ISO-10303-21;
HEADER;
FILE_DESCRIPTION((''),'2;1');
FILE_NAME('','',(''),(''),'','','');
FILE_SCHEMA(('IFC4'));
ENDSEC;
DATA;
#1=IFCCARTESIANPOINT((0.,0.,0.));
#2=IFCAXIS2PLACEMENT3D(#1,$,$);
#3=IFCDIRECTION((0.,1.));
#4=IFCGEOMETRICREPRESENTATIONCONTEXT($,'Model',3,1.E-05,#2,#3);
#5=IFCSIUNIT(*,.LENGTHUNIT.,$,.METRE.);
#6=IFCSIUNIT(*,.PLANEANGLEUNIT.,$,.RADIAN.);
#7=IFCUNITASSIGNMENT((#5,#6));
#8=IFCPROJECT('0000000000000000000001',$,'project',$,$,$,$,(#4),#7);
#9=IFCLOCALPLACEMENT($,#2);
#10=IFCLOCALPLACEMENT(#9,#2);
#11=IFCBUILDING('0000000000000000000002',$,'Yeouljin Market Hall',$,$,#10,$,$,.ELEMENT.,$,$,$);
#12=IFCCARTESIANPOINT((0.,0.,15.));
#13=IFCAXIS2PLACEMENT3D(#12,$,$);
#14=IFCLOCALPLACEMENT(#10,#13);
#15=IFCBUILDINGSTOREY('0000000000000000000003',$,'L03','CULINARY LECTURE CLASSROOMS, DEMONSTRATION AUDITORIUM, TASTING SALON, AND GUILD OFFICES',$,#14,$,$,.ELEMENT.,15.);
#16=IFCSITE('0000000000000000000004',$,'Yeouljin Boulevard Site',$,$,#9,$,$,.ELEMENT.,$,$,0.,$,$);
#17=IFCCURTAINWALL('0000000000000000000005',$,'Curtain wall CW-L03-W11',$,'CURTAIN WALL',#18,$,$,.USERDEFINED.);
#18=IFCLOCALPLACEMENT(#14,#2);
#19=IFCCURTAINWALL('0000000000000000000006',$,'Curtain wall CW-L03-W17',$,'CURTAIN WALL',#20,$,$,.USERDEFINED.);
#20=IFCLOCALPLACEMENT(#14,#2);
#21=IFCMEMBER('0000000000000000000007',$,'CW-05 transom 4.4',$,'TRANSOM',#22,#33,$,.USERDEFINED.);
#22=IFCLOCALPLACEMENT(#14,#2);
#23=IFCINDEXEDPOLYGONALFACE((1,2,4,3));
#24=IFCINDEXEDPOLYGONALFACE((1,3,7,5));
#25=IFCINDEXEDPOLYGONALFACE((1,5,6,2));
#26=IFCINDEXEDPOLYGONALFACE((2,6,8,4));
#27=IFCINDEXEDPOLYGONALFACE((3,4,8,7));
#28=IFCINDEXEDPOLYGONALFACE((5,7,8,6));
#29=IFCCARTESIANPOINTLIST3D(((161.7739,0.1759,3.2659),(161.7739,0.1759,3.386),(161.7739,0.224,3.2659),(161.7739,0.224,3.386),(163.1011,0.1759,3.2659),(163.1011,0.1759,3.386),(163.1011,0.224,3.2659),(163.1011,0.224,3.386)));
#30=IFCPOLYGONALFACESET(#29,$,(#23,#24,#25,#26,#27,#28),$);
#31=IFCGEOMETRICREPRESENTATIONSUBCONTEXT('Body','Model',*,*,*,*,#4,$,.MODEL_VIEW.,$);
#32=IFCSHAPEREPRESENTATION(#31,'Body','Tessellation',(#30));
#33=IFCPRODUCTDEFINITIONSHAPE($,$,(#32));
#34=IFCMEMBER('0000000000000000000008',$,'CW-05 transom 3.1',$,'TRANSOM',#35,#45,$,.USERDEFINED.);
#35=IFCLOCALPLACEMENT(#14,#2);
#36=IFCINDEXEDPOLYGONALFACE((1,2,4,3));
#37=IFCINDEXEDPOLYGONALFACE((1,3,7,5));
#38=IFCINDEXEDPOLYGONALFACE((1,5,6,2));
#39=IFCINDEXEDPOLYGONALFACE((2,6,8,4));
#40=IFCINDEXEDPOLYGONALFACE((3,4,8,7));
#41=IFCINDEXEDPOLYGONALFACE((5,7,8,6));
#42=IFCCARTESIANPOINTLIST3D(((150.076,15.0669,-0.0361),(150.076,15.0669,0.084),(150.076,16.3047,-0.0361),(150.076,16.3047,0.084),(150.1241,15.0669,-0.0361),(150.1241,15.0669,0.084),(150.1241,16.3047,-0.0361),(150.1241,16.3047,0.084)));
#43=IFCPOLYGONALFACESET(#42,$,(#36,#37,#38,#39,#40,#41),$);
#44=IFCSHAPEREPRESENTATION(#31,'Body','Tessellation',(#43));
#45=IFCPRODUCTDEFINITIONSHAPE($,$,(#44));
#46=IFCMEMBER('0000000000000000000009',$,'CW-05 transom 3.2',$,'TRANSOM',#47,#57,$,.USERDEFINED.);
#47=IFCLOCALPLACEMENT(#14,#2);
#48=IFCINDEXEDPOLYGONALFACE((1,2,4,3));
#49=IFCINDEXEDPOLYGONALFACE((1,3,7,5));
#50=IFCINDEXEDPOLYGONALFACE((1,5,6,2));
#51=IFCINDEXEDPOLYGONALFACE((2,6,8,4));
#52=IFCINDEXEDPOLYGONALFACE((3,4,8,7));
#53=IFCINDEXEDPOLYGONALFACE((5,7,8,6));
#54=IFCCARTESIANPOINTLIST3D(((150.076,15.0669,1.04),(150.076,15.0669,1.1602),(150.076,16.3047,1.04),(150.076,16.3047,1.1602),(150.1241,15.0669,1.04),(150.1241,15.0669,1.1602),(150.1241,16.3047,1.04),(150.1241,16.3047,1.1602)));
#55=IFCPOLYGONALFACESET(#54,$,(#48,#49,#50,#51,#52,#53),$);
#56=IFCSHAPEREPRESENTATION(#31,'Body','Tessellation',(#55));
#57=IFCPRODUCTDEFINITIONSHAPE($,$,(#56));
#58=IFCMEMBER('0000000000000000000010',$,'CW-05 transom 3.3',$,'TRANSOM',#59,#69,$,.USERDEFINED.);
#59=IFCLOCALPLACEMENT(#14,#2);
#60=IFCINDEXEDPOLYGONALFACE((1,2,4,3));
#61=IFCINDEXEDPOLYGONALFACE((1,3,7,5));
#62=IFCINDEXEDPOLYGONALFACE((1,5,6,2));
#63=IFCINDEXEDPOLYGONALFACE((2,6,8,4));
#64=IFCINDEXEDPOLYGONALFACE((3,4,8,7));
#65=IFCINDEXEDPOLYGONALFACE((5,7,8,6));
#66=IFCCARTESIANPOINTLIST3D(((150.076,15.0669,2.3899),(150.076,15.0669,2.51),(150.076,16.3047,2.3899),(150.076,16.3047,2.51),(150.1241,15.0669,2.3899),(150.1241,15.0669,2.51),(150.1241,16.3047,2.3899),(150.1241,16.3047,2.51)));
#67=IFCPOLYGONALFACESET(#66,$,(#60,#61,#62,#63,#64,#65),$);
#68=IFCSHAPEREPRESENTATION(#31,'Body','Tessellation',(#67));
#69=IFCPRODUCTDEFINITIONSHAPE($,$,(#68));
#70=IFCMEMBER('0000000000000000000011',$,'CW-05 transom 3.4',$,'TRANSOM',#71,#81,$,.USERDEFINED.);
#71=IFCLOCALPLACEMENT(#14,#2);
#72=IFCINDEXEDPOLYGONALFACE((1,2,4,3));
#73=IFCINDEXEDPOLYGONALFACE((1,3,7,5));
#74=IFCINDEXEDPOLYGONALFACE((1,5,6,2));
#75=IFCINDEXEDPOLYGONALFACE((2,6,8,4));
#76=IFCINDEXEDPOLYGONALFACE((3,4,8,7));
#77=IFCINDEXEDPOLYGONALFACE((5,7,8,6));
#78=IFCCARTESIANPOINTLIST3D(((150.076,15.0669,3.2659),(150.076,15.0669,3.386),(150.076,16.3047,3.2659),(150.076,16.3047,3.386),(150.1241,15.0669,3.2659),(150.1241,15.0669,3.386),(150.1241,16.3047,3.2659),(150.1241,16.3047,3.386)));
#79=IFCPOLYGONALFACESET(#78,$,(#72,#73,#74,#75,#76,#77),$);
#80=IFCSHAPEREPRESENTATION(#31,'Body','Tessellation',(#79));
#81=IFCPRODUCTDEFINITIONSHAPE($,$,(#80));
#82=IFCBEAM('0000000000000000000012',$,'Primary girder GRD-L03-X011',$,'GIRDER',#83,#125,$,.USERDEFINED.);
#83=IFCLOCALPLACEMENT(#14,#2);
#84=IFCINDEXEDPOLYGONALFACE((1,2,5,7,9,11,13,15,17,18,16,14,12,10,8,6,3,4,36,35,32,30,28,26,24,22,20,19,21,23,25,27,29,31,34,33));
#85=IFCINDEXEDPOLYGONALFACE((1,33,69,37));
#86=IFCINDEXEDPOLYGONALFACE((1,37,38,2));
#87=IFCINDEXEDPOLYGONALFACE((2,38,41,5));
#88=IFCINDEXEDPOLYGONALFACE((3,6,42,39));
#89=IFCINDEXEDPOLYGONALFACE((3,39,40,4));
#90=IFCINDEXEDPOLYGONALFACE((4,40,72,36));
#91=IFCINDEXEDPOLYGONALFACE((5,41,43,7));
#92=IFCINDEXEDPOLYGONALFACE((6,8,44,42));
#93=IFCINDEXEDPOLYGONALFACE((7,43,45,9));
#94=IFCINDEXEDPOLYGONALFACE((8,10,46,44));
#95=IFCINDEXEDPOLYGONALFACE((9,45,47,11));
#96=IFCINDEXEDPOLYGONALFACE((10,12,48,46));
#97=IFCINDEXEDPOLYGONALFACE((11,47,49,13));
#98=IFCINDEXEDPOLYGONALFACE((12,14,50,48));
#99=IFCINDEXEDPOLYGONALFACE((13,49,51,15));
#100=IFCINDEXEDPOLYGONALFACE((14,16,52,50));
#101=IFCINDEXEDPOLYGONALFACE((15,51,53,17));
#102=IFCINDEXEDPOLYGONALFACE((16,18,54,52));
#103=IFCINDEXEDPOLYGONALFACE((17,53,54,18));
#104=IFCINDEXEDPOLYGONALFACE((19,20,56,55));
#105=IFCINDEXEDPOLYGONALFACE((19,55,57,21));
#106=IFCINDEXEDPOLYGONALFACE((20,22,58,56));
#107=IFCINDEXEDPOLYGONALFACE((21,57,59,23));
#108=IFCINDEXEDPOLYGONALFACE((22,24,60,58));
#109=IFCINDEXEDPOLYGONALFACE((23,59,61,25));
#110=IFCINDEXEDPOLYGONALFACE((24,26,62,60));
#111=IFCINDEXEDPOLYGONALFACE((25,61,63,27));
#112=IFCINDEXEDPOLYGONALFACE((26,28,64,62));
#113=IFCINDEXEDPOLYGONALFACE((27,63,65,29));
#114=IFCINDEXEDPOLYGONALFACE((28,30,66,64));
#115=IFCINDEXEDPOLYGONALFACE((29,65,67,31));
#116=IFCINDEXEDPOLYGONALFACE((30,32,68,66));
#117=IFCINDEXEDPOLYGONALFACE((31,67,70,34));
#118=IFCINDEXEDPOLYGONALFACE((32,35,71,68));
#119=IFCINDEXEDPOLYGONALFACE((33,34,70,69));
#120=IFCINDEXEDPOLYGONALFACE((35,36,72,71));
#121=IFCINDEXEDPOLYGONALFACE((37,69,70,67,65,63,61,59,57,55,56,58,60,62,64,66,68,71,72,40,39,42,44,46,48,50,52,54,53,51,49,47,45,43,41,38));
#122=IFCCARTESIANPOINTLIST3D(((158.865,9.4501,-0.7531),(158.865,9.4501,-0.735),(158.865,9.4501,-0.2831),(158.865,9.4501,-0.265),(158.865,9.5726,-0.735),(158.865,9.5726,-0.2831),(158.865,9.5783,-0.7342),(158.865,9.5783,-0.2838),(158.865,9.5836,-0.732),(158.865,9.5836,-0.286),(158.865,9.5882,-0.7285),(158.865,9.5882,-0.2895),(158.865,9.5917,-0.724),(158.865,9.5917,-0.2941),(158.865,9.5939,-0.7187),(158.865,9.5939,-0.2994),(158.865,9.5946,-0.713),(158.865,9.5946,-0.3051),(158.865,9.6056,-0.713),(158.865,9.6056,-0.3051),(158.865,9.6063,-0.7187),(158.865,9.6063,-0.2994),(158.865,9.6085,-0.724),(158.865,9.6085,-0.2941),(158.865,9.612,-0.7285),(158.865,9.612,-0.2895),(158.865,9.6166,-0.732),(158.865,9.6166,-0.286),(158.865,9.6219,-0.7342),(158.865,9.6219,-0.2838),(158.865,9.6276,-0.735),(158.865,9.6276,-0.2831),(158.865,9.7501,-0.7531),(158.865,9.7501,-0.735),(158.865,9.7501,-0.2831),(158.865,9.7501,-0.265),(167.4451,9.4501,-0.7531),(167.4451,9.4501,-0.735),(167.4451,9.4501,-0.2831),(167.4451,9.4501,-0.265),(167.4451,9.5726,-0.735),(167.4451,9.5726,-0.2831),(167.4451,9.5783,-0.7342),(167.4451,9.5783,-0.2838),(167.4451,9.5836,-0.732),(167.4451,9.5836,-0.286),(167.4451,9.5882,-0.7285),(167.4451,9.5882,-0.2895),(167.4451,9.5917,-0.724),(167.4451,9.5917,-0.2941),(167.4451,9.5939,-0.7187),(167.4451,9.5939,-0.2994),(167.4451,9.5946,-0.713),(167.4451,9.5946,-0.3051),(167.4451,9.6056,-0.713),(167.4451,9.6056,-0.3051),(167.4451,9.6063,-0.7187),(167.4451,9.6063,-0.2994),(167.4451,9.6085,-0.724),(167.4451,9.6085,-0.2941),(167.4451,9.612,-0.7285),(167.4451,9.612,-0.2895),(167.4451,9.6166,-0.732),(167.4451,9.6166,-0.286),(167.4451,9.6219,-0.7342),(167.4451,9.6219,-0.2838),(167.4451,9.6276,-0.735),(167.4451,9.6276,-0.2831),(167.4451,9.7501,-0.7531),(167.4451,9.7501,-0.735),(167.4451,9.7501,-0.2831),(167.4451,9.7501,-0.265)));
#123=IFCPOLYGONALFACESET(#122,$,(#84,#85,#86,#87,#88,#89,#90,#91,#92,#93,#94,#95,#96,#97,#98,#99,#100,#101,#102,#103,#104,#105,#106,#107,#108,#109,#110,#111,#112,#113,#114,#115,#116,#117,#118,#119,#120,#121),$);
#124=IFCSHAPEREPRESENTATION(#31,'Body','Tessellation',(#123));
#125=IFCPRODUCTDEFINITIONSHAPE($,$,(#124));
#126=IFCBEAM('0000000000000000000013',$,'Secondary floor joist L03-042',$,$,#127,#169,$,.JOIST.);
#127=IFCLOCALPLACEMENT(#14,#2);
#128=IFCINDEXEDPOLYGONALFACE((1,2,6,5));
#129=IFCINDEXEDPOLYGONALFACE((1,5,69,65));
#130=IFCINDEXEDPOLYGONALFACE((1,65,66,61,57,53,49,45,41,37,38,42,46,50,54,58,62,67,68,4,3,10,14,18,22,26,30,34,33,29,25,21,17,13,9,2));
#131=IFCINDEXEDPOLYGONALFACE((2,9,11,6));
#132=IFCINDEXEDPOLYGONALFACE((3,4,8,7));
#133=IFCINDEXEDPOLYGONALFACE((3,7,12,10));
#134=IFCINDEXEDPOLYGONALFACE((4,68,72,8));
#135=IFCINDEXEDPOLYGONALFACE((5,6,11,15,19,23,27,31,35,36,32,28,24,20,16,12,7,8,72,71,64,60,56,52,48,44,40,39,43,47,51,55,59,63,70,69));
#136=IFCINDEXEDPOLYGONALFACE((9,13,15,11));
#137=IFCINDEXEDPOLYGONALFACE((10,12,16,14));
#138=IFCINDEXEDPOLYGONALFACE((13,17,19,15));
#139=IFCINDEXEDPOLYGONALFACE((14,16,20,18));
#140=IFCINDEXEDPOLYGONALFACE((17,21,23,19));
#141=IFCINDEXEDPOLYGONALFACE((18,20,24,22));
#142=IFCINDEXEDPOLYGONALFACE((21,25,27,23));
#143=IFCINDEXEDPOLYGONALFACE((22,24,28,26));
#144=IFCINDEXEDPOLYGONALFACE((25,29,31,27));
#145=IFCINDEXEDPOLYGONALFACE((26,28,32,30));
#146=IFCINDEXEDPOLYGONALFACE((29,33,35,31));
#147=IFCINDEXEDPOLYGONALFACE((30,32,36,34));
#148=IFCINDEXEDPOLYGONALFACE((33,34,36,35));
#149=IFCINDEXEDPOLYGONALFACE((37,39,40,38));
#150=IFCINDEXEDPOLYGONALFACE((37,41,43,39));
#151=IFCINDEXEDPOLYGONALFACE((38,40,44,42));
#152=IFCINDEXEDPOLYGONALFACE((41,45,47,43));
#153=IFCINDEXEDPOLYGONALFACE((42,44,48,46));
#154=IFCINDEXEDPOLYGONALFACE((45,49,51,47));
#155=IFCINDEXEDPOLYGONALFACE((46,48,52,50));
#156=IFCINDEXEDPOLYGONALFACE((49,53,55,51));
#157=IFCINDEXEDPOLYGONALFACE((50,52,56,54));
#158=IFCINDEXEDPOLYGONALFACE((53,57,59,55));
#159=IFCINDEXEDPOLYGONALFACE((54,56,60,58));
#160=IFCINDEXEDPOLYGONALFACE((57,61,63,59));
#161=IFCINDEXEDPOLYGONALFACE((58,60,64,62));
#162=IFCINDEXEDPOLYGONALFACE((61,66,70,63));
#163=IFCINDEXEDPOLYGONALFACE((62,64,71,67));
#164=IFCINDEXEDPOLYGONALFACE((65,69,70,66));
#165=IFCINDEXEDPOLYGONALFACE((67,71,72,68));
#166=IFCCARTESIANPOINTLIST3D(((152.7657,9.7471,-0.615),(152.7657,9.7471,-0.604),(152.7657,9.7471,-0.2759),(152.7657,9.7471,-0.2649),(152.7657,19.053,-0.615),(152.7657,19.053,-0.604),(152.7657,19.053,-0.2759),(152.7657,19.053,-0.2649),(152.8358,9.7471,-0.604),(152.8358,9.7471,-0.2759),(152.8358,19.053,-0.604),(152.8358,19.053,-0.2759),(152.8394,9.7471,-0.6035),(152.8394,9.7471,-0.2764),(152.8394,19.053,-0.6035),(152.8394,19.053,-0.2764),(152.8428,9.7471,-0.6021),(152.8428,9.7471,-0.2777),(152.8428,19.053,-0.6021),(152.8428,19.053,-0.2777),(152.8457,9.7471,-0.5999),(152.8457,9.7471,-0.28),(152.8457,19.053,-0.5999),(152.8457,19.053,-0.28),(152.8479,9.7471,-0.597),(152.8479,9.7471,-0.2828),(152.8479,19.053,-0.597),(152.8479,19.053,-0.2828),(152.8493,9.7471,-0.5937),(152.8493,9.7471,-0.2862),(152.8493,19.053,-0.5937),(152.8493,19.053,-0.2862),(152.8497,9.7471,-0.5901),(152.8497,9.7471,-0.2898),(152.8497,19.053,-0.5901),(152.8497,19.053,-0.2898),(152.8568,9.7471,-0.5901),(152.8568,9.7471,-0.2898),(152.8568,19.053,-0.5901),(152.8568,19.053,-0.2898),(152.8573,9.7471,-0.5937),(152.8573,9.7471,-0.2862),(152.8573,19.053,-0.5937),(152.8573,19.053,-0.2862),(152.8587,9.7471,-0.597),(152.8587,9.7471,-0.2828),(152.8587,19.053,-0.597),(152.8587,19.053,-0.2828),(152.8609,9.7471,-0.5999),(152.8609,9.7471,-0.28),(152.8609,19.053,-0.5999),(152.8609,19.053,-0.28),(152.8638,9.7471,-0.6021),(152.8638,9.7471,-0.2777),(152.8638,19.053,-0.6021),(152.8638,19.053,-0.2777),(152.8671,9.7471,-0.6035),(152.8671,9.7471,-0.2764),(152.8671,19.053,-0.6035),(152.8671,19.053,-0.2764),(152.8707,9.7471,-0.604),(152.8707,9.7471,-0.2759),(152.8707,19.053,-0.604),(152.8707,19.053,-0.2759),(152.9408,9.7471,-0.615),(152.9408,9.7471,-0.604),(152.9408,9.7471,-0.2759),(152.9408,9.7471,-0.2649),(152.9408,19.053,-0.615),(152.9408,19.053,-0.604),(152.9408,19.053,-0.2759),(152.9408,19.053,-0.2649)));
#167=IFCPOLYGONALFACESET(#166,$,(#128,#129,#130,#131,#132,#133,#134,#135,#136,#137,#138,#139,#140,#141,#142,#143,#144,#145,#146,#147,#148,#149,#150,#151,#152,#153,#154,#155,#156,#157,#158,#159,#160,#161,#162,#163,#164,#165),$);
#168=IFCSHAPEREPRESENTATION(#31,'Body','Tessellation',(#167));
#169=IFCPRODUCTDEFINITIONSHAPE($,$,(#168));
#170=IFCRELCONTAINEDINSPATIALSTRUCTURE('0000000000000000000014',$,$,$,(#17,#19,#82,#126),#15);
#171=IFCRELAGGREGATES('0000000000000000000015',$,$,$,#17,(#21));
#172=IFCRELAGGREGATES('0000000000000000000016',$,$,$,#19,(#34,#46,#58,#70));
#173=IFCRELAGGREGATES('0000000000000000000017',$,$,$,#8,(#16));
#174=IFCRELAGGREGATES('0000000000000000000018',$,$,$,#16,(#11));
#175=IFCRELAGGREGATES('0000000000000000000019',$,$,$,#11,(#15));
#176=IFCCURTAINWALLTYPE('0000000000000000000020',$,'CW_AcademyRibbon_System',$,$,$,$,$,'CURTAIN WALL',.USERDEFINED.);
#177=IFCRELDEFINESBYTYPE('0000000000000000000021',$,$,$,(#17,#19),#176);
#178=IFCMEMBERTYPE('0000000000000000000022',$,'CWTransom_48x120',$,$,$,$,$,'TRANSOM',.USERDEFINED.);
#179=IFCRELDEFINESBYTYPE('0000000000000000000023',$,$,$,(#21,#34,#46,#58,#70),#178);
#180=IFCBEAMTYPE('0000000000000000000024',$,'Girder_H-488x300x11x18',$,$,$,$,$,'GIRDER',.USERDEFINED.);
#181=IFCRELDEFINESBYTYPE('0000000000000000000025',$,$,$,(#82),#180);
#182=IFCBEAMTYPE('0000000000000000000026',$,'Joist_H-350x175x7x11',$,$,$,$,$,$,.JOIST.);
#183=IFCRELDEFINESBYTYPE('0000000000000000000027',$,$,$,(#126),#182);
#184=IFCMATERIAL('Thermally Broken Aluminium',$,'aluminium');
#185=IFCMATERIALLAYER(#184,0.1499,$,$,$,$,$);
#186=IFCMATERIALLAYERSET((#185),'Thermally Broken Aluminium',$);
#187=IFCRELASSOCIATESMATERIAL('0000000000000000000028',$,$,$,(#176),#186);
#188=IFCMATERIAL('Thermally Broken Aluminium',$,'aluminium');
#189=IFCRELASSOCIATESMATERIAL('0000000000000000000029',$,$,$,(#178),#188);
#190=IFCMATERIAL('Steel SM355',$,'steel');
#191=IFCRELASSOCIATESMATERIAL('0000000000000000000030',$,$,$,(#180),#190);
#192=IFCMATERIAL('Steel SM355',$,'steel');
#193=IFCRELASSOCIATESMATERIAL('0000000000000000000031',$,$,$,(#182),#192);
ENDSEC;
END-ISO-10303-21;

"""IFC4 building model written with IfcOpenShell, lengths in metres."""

from ifc_helpers import new_model, si_unit, direction, frame, origin, origin_2d, place, context, subcontext, project, spatial, rectangle, i_section, extrude, material, layer, layer_set, material_profile, profile_set, type_object, element, aggregate, save


model = new_model("IFC4")

# Units and contexts
model_context = context("Model", 3, precision=1e-05, world=origin(), true_north=direction((0.0, 1.0)))
body_context = subcontext(model_context, "Body", "Model", "MODEL_VIEW")
ifc_project = project(units=[si_unit("LENGTHUNIT", "METRE"), si_unit("PLANEANGLEUNIT", "RADIAN")], contexts=[model_context])

# Site, building, storey
site_placement = place(None, origin())
site = spatial("IfcSite", under=ifc_project, at=site_placement, Name="Yeouljin Boulevard Site", CompositionType="ELEMENT", RefElevation=0.0)
building_placement = place(site_placement, origin())
building = spatial("IfcBuilding", under=site, at=building_placement, Name="Yeouljin Market Hall", CompositionType="ELEMENT")
storey_placement = place(building_placement, frame((0.0, 0.0, 15.0)))
storey = spatial("IfcBuildingStorey", under=building, at=storey_placement, Name="L03", Description="CULINARY LECTURE CLASSROOMS, DEMONSTRATION AUDITORIUM, TASTING SALON, AND GUILD OFFICES", CompositionType="ELEMENT", Elevation=15.0)

# Curtain walls
ifc_material_1 = material(Name="Thermally Broken Aluminium", Category="aluminium")
ifc_layer_1 = layer(ifc_material_1, 0.1499)
ifc_layer_set_1 = layer_set([ifc_layer_1], Name="Thermally Broken Aluminium")
curtain_wall_type = type_object("IfcCurtainWallType", Name="CW_AcademyRibbon_System", ElementType="CURTAIN WALL", PredefinedType="USERDEFINED", material=ifc_layer_set_1)
curtain_wall_1_placement = place(storey_placement, origin())
curtain_wall_1 = element("IfcCurtainWall", 1, at=curtain_wall_1_placement, inside=storey, type_object=curtain_wall_type, Name="Curtain wall CW-L03-W11", ObjectType="CURTAIN WALL", PredefinedType="USERDEFINED")
curtain_wall_2_placement = place(storey_placement, origin())
curtain_wall_2 = element("IfcCurtainWall", 2, at=curtain_wall_2_placement, inside=storey, type_object=curtain_wall_type, Name="Curtain wall CW-L03-W17", ObjectType="CURTAIN WALL", PredefinedType="USERDEFINED")

# Members
ifc_material_2 = material(Name="Thermally Broken Aluminium", Category="aluminium")
ifc_material_profile_1 = material_profile(ifc_material_2, rectangle(XDim=0.0481, YDim=0.1201, at=origin_2d()), Name="CW-TRAN-48x120")
ifc_profile_set_1 = profile_set([ifc_material_profile_1], Name="Thermally Broken Aluminium")
member_type_1 = type_object("IfcMemberType", Name="CWTransom_48x120", ElementType="TRANSOM", PredefinedType="USERDEFINED", material=ifc_profile_set_1)
member_1_placement = place(storey_placement, frame((163.1011, 0.2, 3.3259), z_axis=(-1.0, 0.0, 0.0), x_axis=(0.0, -1.0, 0.0)))
member_1 = element("IfcMember", 3, at=member_1_placement, type_object=member_type_1, Name="CW-05 transom 4.4", ObjectType="TRANSOM", PredefinedType="USERDEFINED", context=body_context, shape_type="SweptSolid", body=[
    extrude(rectangle(XDim=0.0481, YDim=0.1201, at=origin_2d()), origin(), (0.0, 0.0, 1.0), 1.3271),
])
member_2_placement = place(storey_placement, frame((150.1001, 16.3047, 0.0239), z_axis=(0.0, -1.0, 0.0), x_axis=(1.0, 0.0, 0.0)))
member_2 = element("IfcMember", 4, at=member_2_placement, type_object=member_type_1, Name="CW-05 transom 3.1", ObjectType="TRANSOM", PredefinedType="USERDEFINED", context=body_context, shape_type="SweptSolid", body=[
    extrude(rectangle(XDim=0.0481, YDim=0.1201, at=origin_2d()), origin(), (0.0, 0.0, 1.0), 1.2378),
])
member_3_placement = place(storey_placement, frame((150.1001, 16.3047, 1.1001), z_axis=(0.0, -1.0, 0.0), x_axis=(1.0, 0.0, 0.0)))
member_3 = element("IfcMember", 5, at=member_3_placement, type_object=member_type_1, Name="CW-05 transom 3.2", ObjectType="TRANSOM", PredefinedType="USERDEFINED", context=body_context, shape_type="SweptSolid", body=[
    extrude(rectangle(XDim=0.0481, YDim=0.1201, at=origin_2d()), origin(), (0.0, 0.0, 1.0), 1.2378),
])
member_4_placement = place(storey_placement, frame((150.1001, 16.3047, 2.45), z_axis=(0.0, -1.0, 0.0), x_axis=(1.0, 0.0, 0.0)))
member_4 = element("IfcMember", 6, at=member_4_placement, type_object=member_type_1, Name="CW-05 transom 3.3", ObjectType="TRANSOM", PredefinedType="USERDEFINED", context=body_context, shape_type="SweptSolid", body=[
    extrude(rectangle(XDim=0.0481, YDim=0.1201, at=origin_2d()), origin(), (0.0, 0.0, 1.0), 1.2378),
])
member_5_placement = place(storey_placement, frame((150.1001, 16.3047, 3.3259), z_axis=(0.0, -1.0, 0.0), x_axis=(1.0, 0.0, 0.0)))
member_5 = element("IfcMember", 7, at=member_5_placement, type_object=member_type_1, Name="CW-05 transom 3.4", ObjectType="TRANSOM", PredefinedType="USERDEFINED", context=body_context, shape_type="SweptSolid", body=[
    extrude(rectangle(XDim=0.0481, YDim=0.1201, at=origin_2d()), origin(), (0.0, 0.0, 1.0), 1.2378),
])

# Beams
ifc_material_3 = material(Name="Steel SM355", Category="steel")
ifc_material_profile_2 = material_profile(ifc_material_3, i_section(OverallWidth=0.3, OverallDepth=0.488, WebThickness=0.011, FlangeThickness=0.0181, FilletRadius=0.022, at=origin_2d()), Name="H-488x300x11x18")
ifc_profile_set_2 = profile_set([ifc_material_profile_2], Name="Steel SM355")
beam_type_1 = type_object("IfcBeamType", Name="Girder_H-488x300x11x18", ElementType="GIRDER", PredefinedType="USERDEFINED", material=ifc_profile_set_2)
beam_1_placement = place(storey_placement, frame((158.865, 9.6001, -0.509), z_axis=(1.0, 0.0, 0.0), x_axis=(0.0, 1.0, 0.0)))
element("IfcBeam", 8, at=beam_1_placement, inside=storey, type_object=beam_type_1, Name="Primary girder GRD-L03-X011", ObjectType="GIRDER", PredefinedType="USERDEFINED", context=body_context, shape_type="SweptSolid", body=[
    extrude(i_section(OverallWidth=0.3, OverallDepth=0.488, WebThickness=0.011, FlangeThickness=0.0181, FilletRadius=0.022, at=origin_2d()), origin(), (0.0, 0.0, 1.0), 8.5801),
])
ifc_material_4 = material(Name="Steel SM355", Category="steel")
ifc_material_profile_3 = material_profile(ifc_material_4, i_section(OverallWidth=0.175, OverallDepth=0.3501, WebThickness=0.0071, FlangeThickness=0.011, FilletRadius=0.0139, at=origin_2d()), Name="H-350x175x7x11")
ifc_profile_set_3 = profile_set([ifc_material_profile_3], Name="Steel SM355")
beam_type_2 = type_object("IfcBeamType", Name="Joist_H-350x175x7x11", PredefinedType="JOIST", material=ifc_profile_set_3)
for number, where, z_axis, x_axis, name in (
    (9, (152.8533, 9.7471, -0.4399), (0.0, 1.0, 0.0), (-1.0, 0.0, 0.0), "Secondary floor joist L03-042"),
):
    element("IfcBeam", number, at=place(storey_placement, frame(where, z_axis=z_axis, x_axis=x_axis)), inside=storey, type_object=beam_type_2, Name=name, PredefinedType="JOIST", context=body_context, shape_type="SweptSolid", body=[
        extrude(i_section(OverallWidth=0.175, OverallDepth=0.3501, WebThickness=0.0071, FlangeThickness=0.011, FilletRadius=0.0139, at=origin_2d()), origin(), (0.0, 0.0, 1.0), 9.3059),
    ])

aggregate(curtain_wall_1, [member_1])
aggregate(curtain_wall_2, [member_2, member_3, member_4, member_5])

save(model, "model.ifc")
